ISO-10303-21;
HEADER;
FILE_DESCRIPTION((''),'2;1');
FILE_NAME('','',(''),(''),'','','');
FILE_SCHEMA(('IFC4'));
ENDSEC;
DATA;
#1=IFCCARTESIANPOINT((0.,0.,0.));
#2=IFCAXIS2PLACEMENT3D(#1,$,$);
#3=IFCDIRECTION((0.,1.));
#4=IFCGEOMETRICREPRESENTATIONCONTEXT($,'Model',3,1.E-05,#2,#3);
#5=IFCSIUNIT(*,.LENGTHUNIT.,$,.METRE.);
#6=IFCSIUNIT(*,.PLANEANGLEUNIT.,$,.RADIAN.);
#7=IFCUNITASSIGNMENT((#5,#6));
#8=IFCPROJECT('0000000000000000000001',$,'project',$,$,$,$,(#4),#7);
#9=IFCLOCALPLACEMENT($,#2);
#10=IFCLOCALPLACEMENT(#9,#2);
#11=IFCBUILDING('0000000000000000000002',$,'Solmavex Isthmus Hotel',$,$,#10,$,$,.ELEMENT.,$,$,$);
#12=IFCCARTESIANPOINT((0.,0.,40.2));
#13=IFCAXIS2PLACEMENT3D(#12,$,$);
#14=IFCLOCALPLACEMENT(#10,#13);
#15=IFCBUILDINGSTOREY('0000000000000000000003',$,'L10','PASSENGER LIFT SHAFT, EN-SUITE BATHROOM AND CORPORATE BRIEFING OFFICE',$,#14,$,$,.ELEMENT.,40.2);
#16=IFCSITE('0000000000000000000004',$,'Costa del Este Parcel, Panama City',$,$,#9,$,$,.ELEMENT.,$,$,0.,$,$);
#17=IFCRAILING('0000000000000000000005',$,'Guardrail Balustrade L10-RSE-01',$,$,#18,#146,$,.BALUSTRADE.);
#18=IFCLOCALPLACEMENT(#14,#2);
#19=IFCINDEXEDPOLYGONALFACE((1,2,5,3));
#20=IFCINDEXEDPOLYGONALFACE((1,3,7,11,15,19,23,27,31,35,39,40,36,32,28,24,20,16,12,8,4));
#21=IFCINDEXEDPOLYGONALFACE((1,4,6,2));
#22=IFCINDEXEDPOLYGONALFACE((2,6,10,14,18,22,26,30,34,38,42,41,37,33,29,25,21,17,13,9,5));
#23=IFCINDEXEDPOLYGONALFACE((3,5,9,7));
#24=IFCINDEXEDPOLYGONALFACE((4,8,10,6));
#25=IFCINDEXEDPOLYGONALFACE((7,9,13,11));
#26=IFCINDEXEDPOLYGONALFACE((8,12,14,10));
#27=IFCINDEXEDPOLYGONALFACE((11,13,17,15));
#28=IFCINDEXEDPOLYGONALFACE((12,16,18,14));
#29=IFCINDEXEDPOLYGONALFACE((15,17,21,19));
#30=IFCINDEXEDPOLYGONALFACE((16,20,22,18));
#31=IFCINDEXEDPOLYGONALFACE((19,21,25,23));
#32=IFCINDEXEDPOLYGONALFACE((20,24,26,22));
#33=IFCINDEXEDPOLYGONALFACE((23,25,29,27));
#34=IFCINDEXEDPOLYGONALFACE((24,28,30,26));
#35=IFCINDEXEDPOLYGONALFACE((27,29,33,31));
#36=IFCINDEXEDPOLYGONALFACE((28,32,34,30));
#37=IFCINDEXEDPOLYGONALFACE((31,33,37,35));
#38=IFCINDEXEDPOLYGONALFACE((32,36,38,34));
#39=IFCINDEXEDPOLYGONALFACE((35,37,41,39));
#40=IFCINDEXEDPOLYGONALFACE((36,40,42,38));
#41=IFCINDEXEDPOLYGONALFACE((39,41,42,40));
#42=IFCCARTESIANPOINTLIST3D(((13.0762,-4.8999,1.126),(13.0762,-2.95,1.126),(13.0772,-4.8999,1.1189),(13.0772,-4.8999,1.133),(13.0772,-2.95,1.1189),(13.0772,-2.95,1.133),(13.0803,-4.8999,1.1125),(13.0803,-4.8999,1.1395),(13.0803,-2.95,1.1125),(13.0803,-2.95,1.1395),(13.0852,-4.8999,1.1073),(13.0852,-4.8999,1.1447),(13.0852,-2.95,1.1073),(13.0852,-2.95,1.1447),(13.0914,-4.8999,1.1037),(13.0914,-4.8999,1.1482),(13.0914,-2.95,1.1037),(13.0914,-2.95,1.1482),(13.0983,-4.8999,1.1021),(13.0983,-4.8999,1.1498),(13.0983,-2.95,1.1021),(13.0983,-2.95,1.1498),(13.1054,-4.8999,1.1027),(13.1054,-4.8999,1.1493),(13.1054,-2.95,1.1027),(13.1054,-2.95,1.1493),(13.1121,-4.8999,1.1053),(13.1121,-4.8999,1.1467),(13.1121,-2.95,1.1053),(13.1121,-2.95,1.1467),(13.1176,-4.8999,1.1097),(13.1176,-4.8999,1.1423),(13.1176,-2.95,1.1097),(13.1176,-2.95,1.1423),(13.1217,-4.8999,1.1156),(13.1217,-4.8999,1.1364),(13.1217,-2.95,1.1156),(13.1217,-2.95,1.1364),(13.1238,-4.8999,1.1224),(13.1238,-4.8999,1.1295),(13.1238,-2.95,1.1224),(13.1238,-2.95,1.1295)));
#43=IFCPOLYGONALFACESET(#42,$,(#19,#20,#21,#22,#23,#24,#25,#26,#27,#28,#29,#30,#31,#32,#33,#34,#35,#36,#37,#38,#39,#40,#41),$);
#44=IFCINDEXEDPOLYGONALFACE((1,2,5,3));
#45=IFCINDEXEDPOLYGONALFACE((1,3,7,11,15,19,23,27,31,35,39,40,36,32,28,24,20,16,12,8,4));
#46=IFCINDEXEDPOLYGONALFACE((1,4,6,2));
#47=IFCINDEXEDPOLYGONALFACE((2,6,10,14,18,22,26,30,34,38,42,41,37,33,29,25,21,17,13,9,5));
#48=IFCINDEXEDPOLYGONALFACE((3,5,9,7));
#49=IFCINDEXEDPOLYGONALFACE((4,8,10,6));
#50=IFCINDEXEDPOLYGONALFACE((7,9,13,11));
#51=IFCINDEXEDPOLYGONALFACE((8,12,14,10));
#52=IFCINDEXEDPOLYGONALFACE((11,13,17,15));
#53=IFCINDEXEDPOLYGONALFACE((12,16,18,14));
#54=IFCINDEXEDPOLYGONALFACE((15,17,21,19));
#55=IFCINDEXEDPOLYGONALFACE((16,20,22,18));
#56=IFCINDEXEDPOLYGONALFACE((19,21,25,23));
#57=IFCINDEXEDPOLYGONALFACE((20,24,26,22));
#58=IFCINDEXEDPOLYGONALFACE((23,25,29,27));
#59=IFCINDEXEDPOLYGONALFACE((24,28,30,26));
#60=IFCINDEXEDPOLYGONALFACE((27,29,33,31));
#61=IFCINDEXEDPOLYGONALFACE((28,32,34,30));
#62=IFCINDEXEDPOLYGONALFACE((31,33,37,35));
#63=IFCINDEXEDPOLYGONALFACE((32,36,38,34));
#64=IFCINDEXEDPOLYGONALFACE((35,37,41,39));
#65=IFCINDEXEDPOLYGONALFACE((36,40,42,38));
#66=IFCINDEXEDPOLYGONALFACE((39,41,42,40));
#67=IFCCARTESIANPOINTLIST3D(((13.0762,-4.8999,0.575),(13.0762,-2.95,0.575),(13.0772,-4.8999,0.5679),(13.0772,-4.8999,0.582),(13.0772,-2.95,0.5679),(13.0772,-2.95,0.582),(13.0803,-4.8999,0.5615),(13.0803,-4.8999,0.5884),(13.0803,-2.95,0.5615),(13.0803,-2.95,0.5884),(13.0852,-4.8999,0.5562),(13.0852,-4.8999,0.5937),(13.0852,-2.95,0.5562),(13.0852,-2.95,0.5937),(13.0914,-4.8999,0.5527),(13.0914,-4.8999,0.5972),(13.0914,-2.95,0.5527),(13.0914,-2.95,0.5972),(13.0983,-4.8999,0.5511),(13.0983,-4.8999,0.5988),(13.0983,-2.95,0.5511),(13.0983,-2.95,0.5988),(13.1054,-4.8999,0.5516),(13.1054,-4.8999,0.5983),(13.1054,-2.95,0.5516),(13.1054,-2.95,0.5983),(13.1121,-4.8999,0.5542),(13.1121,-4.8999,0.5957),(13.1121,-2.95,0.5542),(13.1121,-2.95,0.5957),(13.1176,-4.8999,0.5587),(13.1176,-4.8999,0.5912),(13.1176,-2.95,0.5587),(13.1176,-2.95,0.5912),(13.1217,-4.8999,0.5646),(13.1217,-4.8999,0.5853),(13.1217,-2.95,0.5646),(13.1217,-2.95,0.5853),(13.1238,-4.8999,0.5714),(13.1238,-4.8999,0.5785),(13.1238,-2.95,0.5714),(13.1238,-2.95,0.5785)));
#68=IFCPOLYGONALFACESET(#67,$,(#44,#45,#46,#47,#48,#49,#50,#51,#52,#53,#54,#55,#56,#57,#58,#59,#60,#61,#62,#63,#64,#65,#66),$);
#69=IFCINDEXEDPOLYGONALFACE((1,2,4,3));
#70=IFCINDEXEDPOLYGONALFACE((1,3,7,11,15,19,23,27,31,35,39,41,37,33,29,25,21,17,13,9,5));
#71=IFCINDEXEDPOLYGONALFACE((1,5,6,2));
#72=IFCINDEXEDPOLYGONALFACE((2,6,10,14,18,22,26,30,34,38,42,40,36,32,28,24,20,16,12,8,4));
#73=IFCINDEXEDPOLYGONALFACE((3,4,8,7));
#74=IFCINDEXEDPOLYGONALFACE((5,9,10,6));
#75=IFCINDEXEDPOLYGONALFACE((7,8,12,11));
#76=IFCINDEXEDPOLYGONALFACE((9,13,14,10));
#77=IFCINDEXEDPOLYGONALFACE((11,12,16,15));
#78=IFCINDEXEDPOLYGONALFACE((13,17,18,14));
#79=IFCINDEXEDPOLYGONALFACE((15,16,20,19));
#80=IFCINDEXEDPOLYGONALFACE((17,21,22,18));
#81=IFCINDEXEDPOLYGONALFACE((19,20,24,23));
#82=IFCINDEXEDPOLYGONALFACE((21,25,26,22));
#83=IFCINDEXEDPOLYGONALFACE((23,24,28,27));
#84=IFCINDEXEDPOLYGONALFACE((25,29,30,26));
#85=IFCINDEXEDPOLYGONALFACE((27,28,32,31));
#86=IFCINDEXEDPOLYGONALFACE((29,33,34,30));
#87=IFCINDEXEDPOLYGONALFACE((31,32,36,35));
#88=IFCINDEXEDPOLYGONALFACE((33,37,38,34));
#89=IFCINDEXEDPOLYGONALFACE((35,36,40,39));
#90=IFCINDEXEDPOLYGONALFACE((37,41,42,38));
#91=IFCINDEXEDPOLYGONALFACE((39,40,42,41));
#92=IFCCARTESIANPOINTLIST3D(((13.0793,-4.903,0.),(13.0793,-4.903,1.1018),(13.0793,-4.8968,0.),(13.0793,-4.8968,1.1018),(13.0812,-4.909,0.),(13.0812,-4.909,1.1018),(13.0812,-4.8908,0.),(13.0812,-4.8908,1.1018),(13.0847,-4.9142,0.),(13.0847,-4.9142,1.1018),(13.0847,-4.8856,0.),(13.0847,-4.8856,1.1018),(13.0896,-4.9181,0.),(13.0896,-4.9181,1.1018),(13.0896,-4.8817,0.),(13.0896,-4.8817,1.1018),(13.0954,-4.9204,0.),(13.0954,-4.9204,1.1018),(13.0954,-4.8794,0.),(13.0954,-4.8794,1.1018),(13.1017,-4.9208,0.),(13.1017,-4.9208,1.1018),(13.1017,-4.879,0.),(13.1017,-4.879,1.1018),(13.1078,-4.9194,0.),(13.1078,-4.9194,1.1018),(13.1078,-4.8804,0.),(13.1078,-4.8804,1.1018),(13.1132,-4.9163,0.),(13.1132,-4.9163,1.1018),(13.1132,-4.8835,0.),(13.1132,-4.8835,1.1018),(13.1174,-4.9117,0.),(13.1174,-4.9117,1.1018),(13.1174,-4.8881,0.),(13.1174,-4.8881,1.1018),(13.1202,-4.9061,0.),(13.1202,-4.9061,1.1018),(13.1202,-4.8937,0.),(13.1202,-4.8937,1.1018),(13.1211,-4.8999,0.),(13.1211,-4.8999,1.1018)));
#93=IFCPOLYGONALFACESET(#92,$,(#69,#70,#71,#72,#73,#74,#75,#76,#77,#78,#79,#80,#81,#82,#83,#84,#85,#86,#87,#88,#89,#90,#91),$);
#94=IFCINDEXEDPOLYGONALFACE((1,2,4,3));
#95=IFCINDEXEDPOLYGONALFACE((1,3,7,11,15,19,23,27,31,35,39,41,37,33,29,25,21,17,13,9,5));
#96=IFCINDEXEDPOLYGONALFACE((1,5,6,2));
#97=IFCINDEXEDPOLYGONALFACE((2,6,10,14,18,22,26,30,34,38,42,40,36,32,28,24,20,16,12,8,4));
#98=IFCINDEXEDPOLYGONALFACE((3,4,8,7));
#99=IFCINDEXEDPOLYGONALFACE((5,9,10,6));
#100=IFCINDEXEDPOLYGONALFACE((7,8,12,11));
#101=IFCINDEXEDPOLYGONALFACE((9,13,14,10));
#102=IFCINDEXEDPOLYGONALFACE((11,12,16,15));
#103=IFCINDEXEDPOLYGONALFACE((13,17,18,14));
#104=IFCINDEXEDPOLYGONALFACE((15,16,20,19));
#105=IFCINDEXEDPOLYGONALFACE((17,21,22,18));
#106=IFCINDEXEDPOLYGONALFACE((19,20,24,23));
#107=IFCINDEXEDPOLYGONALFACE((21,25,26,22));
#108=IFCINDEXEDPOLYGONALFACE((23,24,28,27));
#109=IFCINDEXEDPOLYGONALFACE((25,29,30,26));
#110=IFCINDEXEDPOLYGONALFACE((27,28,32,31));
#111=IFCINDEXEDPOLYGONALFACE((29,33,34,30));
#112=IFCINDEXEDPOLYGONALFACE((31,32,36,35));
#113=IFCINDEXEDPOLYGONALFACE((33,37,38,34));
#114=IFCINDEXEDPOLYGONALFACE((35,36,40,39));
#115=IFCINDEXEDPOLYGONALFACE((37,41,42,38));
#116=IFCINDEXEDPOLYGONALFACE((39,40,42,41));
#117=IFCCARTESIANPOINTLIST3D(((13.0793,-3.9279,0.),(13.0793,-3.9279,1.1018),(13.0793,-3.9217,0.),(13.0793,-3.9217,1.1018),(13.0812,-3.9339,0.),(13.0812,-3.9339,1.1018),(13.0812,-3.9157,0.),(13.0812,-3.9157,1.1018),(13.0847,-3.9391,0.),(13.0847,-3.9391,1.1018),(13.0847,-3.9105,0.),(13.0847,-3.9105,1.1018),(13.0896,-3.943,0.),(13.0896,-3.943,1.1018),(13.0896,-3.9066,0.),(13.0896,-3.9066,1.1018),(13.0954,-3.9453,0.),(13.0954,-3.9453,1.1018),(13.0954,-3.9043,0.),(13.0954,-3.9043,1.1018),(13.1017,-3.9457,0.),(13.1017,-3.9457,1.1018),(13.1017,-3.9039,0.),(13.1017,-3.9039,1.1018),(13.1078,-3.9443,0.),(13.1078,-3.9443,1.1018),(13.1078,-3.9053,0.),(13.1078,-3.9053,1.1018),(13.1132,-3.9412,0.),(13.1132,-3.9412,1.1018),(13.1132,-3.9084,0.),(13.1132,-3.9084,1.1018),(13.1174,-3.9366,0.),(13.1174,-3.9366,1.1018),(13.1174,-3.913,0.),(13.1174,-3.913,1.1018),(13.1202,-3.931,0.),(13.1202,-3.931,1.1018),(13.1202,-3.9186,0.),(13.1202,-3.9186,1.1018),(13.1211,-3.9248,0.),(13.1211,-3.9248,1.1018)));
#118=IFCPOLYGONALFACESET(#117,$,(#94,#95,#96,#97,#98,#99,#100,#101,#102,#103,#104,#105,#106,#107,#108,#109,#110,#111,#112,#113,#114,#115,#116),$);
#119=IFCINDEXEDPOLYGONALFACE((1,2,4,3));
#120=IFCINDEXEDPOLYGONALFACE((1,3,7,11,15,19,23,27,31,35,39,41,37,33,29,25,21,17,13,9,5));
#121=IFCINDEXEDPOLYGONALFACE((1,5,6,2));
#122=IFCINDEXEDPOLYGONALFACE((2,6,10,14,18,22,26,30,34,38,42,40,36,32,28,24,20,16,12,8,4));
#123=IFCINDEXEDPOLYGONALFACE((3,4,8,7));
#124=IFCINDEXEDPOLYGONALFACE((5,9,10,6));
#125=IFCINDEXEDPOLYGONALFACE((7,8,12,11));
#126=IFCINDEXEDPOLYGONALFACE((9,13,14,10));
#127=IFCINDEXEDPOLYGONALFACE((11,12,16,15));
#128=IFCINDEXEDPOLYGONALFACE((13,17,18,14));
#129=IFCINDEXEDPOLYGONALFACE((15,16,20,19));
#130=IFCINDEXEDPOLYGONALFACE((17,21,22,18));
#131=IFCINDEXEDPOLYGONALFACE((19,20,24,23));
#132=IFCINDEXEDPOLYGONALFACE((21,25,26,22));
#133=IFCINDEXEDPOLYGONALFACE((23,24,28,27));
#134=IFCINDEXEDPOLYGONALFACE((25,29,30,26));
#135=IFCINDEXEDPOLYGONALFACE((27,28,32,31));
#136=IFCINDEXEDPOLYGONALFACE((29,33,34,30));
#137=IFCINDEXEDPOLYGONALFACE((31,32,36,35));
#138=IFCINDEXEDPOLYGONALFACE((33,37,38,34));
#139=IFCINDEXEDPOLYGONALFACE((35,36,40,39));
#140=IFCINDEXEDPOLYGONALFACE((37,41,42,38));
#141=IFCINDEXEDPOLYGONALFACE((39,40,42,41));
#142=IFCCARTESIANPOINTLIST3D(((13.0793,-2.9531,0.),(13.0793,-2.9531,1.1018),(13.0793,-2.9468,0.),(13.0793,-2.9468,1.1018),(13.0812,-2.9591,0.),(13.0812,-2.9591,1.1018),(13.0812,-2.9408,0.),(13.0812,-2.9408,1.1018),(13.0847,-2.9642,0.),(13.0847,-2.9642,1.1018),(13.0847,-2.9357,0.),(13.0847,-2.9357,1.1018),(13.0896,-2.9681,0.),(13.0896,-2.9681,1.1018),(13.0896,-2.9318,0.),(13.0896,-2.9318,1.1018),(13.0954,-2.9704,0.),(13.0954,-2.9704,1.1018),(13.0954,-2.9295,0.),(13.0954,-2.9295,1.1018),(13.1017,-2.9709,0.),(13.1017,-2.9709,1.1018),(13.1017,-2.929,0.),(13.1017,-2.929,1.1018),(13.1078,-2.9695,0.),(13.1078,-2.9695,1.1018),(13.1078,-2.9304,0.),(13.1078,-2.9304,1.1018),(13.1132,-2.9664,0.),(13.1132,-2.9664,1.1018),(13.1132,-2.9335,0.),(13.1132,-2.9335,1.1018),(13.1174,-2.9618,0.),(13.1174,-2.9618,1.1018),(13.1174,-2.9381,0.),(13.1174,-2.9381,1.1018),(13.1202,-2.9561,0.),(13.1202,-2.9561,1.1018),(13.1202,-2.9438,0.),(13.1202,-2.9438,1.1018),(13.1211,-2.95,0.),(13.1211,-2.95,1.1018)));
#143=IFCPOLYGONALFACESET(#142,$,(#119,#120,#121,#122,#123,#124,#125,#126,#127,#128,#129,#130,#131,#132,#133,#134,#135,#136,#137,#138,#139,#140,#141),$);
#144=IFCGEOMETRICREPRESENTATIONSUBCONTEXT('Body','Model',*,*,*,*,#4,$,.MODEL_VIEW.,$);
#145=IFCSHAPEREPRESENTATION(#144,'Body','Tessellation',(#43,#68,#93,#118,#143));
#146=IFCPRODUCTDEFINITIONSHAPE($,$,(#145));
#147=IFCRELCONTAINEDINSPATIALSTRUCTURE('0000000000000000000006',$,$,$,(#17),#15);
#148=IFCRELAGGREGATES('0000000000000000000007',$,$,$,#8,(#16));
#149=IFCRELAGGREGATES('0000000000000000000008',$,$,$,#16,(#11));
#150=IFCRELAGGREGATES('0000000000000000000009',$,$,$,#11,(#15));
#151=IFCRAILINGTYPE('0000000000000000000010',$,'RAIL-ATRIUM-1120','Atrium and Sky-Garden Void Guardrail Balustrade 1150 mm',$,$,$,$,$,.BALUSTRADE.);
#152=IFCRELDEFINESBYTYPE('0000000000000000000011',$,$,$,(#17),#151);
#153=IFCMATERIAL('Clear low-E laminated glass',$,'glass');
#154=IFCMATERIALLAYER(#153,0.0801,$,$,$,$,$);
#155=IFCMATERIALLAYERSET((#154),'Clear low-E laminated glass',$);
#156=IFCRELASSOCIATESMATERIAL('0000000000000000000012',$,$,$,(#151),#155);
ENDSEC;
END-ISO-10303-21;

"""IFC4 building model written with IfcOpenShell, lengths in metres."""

from ifc_helpers import new_model, si_unit, direction, frame, origin, origin_2d, place, context, subcontext, project, spatial, circle, extrude, material, layer, layer_set, type_object, element, save


model = new_model("IFC4")

# Units and contexts
model_context = context("Model", 3, precision=1e-05, world=origin(), true_north=direction((0.0, 1.0)))
body_context = subcontext(model_context, "Body", "Model", "MODEL_VIEW")
ifc_project = project(units=[si_unit("LENGTHUNIT", "METRE"), si_unit("PLANEANGLEUNIT", "RADIAN")], contexts=[model_context])

# Site, building, storey
site_placement = place(None, origin())
site = spatial("IfcSite", under=ifc_project, at=site_placement, Name="Costa del Este Parcel, Panama City", CompositionType="ELEMENT", RefElevation=0.0)
building_placement = place(site_placement, origin())
building = spatial("IfcBuilding", under=site, at=building_placement, Name="Solmavex Isthmus Hotel", CompositionType="ELEMENT")
storey_placement = place(building_placement, frame((0.0, 0.0, 40.2)))
storey = spatial("IfcBuildingStorey", under=building, at=storey_placement, Name="L10", Description="PASSENGER LIFT SHAFT, EN-SUITE BATHROOM AND CORPORATE BRIEFING OFFICE", CompositionType="ELEMENT", Elevation=40.2)

# Shared definitions
ifc_material_1 = material(Name="Clear low-E laminated glass", Category="glass")

# Railing
ifc_layer_1 = layer(ifc_material_1, 0.0801)
ifc_layer_set_1 = layer_set([ifc_layer_1], Name="Clear low-E laminated glass")
railing_type_1 = type_object("IfcRailingType", Name="RAIL-ATRIUM-1120", Description="Atrium and Sky-Garden Void Guardrail Balustrade 1150 mm", PredefinedType="BALUSTRADE", material=ifc_layer_set_1)
railing_1_placement = place(storey_placement, frame((13.1001, -4.8999, 0.0)))
element("IfcRailing", 1, at=railing_1_placement, inside=storey, type_object=railing_type_1, Name="Guardrail Balustrade L10-RSE-01", PredefinedType="BALUSTRADE", context=body_context, shape_type="SweptSolid", body=[
    extrude(circle(Radius=0.0239, at=origin_2d()), frame((0.0, 0.0, 1.126), z_axis=(0.0, 1.0, 0.0), x_axis=(-1.0, 0.0, 0.0)), (0.0, 0.0, 1.0), 1.95),
    extrude(circle(Radius=0.0239, at=origin_2d()), frame((0.0, 0.0, 0.575), z_axis=(0.0, 1.0, 0.0), x_axis=(-1.0, 0.0, 0.0)), (0.0, 0.0, 1.0), 1.95),
    extrude(circle(Radius=0.021, at=origin_2d()), origin(), (0.0, 0.0, 1.0), 1.1018),
    extrude(circle(Radius=0.021, at=origin_2d()), frame((0.0, 0.9751, 0.0)), (0.0, 0.0, 1.0), 1.1018),
    extrude(circle(Radius=0.021, at=origin_2d()), frame((0.0, 1.95, 0.0)), (0.0, 0.0, 1.0), 1.1018),
])

save(model, "model.ifc")
